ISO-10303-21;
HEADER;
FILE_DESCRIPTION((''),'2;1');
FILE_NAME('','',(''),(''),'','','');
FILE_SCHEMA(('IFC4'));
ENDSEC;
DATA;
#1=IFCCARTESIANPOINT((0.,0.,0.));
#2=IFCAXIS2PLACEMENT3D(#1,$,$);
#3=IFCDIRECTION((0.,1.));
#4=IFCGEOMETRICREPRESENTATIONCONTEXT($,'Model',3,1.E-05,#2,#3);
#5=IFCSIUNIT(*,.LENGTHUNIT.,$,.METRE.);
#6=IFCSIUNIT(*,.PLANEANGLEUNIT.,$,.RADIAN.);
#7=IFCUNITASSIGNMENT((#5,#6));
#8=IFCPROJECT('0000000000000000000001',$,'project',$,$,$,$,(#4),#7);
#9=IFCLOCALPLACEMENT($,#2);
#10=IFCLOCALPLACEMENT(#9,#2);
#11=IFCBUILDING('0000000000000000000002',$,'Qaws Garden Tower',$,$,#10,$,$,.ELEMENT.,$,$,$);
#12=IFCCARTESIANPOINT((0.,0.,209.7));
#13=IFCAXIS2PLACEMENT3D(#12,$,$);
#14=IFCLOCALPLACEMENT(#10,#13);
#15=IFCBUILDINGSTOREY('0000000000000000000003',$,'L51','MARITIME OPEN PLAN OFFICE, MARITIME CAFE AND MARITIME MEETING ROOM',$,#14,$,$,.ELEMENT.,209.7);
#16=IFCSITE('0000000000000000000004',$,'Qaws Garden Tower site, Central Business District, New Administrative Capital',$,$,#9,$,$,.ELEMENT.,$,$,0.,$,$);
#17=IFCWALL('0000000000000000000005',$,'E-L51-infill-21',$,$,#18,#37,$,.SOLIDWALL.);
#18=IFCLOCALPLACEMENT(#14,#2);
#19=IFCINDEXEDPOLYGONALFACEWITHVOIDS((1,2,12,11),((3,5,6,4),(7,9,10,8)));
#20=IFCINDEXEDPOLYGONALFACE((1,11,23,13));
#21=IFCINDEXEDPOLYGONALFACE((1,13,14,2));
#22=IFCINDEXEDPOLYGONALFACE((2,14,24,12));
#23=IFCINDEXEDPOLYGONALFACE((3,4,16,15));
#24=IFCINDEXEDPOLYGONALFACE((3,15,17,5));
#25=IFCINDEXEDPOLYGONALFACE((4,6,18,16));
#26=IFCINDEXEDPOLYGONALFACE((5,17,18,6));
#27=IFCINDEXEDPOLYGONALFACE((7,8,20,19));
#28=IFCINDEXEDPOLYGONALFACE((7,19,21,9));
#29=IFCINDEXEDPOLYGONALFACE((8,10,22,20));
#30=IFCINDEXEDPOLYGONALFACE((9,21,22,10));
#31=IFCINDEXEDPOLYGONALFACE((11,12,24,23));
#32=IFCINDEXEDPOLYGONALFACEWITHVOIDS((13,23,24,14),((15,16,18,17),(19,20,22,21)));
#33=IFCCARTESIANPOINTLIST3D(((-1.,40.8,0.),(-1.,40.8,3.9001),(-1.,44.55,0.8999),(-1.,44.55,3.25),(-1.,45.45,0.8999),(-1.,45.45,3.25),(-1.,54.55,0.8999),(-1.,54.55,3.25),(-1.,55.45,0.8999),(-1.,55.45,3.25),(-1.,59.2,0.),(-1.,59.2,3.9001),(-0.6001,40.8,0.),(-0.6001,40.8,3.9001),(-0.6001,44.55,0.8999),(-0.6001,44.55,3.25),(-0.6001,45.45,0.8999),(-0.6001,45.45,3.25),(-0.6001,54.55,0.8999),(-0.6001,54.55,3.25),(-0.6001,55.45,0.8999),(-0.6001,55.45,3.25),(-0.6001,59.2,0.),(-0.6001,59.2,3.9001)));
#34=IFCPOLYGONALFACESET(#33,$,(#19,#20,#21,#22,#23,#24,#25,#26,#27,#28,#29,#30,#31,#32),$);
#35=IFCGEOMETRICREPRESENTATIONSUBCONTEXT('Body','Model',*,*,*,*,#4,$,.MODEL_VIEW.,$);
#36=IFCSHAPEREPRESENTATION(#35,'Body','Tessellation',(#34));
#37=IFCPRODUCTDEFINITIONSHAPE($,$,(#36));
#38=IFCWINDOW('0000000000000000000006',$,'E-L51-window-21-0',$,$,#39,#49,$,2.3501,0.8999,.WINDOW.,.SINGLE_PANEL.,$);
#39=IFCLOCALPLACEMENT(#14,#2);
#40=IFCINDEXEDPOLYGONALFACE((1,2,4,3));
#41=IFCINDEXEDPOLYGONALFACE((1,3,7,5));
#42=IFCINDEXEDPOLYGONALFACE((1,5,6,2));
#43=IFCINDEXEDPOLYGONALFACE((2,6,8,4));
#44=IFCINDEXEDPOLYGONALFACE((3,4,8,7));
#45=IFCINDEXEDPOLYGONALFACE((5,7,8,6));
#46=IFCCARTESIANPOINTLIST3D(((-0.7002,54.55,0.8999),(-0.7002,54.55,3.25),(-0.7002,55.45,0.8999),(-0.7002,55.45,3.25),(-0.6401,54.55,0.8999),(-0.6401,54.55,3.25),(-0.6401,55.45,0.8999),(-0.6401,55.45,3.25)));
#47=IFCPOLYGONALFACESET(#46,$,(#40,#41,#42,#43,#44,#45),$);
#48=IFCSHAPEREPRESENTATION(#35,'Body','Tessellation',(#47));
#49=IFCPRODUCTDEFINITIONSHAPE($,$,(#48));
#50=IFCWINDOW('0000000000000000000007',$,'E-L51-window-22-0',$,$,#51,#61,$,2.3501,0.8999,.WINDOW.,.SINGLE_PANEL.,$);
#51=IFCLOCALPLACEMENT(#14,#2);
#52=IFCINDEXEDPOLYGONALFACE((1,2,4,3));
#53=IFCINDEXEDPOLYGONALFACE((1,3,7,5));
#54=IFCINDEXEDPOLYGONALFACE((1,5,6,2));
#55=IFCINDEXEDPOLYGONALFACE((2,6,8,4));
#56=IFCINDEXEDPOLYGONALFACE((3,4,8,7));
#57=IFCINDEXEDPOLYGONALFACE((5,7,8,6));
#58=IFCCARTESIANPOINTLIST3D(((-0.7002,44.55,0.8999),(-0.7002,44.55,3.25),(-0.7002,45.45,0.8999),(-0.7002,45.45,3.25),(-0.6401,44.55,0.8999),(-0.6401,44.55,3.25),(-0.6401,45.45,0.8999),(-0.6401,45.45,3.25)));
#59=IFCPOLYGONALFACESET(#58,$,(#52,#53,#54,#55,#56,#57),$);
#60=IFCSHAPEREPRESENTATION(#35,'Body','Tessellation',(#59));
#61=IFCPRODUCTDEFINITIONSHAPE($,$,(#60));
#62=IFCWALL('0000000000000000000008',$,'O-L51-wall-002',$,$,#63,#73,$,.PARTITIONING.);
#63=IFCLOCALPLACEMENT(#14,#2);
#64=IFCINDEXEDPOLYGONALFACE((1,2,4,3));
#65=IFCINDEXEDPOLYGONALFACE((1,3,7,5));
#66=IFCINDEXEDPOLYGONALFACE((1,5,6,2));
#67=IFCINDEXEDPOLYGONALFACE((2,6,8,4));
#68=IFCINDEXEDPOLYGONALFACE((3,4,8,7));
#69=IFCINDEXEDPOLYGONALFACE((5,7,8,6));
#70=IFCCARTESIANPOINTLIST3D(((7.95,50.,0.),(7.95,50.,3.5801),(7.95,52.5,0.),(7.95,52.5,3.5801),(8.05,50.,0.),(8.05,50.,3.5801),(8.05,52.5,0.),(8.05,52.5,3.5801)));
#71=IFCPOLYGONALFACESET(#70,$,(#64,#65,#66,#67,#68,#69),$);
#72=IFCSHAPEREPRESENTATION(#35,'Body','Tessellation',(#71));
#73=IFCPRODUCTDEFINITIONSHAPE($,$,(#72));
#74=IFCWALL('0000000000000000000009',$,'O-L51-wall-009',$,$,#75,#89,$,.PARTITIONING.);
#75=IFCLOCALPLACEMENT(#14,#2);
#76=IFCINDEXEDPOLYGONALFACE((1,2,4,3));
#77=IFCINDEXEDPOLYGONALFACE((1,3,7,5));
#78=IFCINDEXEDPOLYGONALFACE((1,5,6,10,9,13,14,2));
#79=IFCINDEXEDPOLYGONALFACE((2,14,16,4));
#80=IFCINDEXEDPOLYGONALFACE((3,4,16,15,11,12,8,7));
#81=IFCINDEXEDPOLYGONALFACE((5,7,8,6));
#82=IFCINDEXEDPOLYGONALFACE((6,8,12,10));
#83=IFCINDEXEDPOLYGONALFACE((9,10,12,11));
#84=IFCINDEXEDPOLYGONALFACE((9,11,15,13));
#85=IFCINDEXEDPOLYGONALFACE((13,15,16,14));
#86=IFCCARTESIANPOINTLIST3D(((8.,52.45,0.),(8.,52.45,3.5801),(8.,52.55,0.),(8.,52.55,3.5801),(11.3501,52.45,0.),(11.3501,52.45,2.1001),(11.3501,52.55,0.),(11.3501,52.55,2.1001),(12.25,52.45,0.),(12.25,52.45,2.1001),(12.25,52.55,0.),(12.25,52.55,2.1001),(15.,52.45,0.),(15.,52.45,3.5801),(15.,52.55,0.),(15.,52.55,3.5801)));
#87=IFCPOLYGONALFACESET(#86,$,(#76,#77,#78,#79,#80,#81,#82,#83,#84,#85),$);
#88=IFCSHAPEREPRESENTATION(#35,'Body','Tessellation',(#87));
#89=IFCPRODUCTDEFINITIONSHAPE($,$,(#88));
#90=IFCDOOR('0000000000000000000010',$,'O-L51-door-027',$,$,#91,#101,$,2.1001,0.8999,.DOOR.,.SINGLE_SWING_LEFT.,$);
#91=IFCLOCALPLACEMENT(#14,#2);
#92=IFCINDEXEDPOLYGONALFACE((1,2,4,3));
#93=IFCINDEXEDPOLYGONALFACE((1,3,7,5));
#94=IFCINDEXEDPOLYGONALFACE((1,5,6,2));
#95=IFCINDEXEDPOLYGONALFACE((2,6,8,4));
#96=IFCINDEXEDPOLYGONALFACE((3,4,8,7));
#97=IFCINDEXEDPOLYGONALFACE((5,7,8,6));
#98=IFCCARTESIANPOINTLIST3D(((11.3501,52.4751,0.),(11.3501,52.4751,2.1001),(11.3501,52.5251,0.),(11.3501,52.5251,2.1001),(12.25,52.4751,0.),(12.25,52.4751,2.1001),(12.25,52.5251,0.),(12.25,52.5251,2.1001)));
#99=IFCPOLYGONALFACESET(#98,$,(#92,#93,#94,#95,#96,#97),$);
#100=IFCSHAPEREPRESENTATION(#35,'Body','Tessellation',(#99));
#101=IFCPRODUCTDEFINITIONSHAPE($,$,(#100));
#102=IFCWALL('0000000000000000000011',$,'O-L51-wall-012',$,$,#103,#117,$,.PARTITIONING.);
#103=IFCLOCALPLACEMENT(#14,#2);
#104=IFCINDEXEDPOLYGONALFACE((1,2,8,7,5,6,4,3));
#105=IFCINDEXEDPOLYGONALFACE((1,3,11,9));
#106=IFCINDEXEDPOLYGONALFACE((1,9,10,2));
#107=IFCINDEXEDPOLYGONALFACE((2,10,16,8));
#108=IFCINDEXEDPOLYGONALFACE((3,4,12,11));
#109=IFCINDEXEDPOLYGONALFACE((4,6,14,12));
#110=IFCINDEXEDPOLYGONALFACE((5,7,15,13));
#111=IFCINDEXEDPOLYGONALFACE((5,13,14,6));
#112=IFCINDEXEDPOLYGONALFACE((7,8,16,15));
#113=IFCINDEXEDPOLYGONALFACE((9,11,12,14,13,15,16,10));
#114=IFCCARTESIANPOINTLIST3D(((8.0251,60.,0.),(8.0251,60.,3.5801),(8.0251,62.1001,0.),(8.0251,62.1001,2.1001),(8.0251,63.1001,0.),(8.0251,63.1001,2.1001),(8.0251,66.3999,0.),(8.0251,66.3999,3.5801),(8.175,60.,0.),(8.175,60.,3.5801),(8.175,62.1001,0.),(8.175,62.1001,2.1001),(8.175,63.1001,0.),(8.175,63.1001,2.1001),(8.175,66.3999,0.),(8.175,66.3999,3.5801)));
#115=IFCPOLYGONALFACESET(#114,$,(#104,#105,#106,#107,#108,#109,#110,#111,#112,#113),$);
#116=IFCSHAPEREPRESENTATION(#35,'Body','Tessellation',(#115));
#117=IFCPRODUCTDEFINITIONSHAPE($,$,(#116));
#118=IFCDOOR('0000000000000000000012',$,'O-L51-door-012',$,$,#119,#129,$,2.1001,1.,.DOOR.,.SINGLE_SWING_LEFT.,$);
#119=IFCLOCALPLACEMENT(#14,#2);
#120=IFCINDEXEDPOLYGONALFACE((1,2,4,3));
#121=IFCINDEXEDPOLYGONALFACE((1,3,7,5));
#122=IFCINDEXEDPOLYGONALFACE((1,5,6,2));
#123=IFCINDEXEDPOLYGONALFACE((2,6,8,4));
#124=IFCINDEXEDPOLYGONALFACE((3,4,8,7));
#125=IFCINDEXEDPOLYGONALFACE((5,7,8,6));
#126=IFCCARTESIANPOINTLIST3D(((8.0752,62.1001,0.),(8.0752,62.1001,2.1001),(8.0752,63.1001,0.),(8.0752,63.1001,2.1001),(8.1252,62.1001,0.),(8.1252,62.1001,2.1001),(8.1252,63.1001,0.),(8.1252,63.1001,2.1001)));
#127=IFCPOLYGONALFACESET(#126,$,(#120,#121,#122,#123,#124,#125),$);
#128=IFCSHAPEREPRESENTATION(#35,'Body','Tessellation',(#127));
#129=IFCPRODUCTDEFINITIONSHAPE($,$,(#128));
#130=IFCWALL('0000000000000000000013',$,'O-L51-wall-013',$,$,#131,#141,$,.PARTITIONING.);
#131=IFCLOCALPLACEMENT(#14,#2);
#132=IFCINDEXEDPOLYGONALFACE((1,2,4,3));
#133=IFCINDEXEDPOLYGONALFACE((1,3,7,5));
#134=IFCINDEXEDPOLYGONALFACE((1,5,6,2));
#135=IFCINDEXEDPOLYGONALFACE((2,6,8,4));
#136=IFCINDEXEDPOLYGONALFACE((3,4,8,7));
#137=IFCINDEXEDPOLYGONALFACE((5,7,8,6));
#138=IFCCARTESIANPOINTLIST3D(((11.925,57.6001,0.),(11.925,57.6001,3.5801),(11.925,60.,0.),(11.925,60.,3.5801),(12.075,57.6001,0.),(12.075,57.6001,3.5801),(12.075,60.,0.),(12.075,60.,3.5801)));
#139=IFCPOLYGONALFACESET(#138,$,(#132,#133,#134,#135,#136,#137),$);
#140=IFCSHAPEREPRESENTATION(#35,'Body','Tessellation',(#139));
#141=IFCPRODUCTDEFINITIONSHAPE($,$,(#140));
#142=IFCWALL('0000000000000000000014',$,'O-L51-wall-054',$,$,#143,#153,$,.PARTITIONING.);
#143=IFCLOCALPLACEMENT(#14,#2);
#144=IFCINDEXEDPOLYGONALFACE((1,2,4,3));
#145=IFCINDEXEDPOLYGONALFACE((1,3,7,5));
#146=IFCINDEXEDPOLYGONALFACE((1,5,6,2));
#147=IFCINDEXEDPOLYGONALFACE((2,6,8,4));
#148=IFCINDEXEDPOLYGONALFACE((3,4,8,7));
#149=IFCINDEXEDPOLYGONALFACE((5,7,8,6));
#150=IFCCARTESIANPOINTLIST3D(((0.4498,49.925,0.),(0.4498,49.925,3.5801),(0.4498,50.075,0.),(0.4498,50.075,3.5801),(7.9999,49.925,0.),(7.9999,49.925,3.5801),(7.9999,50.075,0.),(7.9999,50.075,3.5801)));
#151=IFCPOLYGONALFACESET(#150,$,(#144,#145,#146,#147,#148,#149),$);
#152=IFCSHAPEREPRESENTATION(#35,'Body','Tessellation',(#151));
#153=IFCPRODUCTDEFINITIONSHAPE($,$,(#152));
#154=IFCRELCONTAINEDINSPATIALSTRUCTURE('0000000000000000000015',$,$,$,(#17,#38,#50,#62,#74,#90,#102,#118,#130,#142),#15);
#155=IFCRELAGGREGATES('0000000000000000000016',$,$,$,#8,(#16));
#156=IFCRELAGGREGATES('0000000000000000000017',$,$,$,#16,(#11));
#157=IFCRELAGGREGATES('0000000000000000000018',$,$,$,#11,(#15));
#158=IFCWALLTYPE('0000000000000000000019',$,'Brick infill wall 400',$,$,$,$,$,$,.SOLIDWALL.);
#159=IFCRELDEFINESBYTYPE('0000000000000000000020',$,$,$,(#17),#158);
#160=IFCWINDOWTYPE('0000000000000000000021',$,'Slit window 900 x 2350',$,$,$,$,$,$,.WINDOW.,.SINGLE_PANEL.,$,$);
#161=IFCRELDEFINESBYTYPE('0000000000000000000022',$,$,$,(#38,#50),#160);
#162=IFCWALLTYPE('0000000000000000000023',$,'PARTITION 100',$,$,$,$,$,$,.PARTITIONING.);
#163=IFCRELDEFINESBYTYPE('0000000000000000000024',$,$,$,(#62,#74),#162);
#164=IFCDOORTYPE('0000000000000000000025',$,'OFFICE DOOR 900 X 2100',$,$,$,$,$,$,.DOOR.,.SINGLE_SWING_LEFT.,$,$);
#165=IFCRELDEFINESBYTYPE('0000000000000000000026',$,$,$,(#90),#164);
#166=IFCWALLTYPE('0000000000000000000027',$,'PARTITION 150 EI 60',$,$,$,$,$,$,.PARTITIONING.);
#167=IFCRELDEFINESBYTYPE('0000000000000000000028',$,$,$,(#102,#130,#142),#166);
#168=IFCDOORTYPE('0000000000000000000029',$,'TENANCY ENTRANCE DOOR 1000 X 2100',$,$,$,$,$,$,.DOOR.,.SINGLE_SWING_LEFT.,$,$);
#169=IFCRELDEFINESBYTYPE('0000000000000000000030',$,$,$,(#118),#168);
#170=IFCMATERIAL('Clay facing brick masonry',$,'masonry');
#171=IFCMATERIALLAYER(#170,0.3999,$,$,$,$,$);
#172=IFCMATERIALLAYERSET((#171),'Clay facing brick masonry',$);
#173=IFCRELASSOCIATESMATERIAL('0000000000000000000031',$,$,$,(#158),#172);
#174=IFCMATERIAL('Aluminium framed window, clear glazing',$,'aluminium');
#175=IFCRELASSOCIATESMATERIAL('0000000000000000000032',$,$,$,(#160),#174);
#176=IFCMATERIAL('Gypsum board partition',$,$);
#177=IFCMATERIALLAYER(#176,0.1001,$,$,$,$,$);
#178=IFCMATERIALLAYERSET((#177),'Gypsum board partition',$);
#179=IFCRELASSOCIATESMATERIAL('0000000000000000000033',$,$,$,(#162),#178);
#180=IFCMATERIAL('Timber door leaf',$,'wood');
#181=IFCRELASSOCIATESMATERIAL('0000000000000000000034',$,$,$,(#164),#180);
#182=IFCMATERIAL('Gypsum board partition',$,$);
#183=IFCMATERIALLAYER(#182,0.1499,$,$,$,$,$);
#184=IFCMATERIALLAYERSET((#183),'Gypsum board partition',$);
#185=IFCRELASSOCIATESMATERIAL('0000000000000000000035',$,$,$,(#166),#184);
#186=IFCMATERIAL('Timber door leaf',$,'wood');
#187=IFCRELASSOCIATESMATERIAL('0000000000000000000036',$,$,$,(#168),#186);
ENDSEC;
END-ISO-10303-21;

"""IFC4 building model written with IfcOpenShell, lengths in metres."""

from ifc_helpers import new_model, si_unit, direction, frame, frame_2d, origin, place, context, subcontext, project, spatial, rectangle, extrude, material, layer, layer_set, type_object, element, fill, save


model = new_model("IFC4")

# Units and contexts
model_context = context("Model", 3, precision=1e-05, world=origin(), true_north=direction((0.0, 1.0)))
body_context = subcontext(model_context, "Body", "Model", "MODEL_VIEW")
ifc_project = project(units=[si_unit("LENGTHUNIT", "METRE"), si_unit("PLANEANGLEUNIT", "RADIAN")], contexts=[model_context])

# Site, building, storey
site_placement = place(None, origin())
site = spatial("IfcSite", under=ifc_project, at=site_placement, Name="Qaws Garden Tower site, Central Business District, New Administrative Capital", CompositionType="ELEMENT", RefElevation=0.0)
building_placement = place(site_placement, origin())
building = spatial("IfcBuilding", under=site, at=building_placement, Name="Qaws Garden Tower", CompositionType="ELEMENT")
storey_placement = place(building_placement, frame((0.0, 0.0, 209.7)))
storey = spatial("IfcBuildingStorey", under=building, at=storey_placement, Name="L51", Description="MARITIME OPEN PLAN OFFICE, MARITIME CAFE AND MARITIME MEETING ROOM", CompositionType="ELEMENT", Elevation=209.7)

# Shared definitions
ifc_material_1 = material(Name="Clay facing brick masonry", Category="masonry")
ifc_layer_1 = layer(ifc_material_1, 0.3999)
ifc_layer_set_1 = layer_set([ifc_layer_1], Name="Clay facing brick masonry")
wall_type_1 = type_object("IfcWallType", Name="Brick infill wall 400", PredefinedType="SOLIDWALL", material=ifc_layer_set_1)

# Wall, openings, windows
wall_1_placement = place(storey_placement, frame((-0.8, 59.2, 0.0), z_axis=(0.0, 0.0, 1.0), x_axis=(0.0, -1.0, 0.0)))
wall_1 = element("IfcWall", 1, at=wall_1_placement, inside=storey, type_object=wall_type_1, Name="E-L51-infill-21", PredefinedType="SOLIDWALL", context=body_context, shape_type="SweptSolid", body=[
    extrude(rectangle(XDim=18.3999, YDim=0.3999, at=frame_2d((9.2, 0.0))), origin(), (0.0, 0.0, 1.0), 3.9001),
])
opening_1_placement = place(wall_1_placement, frame((3.75, 0.0, 0.8999)))
opening_1 = element("IfcOpeningElement", 2, at=opening_1_placement, cuts=wall_1, PredefinedType="OPENING", context=body_context, shape_type="SweptSolid", body=[
    extrude(rectangle(XDim=0.8999, YDim=2.3501, at=frame_2d((0.45, 1.175))), frame((0.0, 0.21, 0.0), z_axis=(0.0, -1.0, 0.0), x_axis=(1.0, 0.0, 0.0)), (0.0, 0.0, 1.0), 0.4199),
])
opening_2_placement = place(wall_1_placement, frame((13.75, 0.0, 0.8999)))
opening_2 = element("IfcOpeningElement", 3, at=opening_2_placement, cuts=wall_1, PredefinedType="OPENING", context=body_context, shape_type="SweptSolid", body=[
    extrude(rectangle(XDim=0.8999, YDim=2.3501, at=frame_2d((0.45, 1.175))), frame((0.0, 0.21, 0.0), z_axis=(0.0, -1.0, 0.0), x_axis=(1.0, 0.0, 0.0)), (0.0, 0.0, 1.0), 0.4199),
])
ifc_material_2 = material(Name="Aluminium framed window, clear glazing", Category="aluminium")
window_type_1 = type_object("IfcWindowType", Name="Slit window 900 x 2350", PartitioningType="SINGLE_PANEL", PredefinedType="WINDOW", material=ifc_material_2)
window_1_placement = place(opening_1_placement, origin())
window_1 = element("IfcWindow", 4, at=window_1_placement, inside=storey, type_object=window_type_1, Name="E-L51-window-21-0", OverallHeight=2.3501, OverallWidth=0.8999, PartitioningType="SINGLE_PANEL", PredefinedType="WINDOW", context=body_context, shape_type="SweptSolid", body=[
    extrude(rectangle(XDim=0.8999, YDim=2.3501, at=frame_2d((0.45, 1.175))), frame((0.0, 0.1599, 0.0), z_axis=(0.0, -1.0, 0.0), x_axis=(1.0, 0.0, 0.0)), (0.0, 0.0, 1.0), 0.0601),
])
fill(opening_1, window_1)
window_2_placement = place(opening_2_placement, origin())
window_2 = element("IfcWindow", 5, at=window_2_placement, inside=storey, type_object=window_type_1, Name="E-L51-window-22-0", OverallHeight=2.3501, OverallWidth=0.8999, PartitioningType="SINGLE_PANEL", PredefinedType="WINDOW", context=body_context, shape_type="SweptSolid", body=[
    extrude(rectangle(XDim=0.8999, YDim=2.3501, at=frame_2d((0.45, 1.175))), frame((0.0, 0.1599, 0.0), z_axis=(0.0, -1.0, 0.0), x_axis=(1.0, 0.0, 0.0)), (0.0, 0.0, 1.0), 0.0601),
])
fill(opening_2, window_2)

# Wall
ifc_material_3 = material(Name="Gypsum board partition")
ifc_layer_2 = layer(ifc_material_3, 0.1001)
ifc_layer_set_2 = layer_set([ifc_layer_2], Name="Gypsum board partition")
wall_type_2 = type_object("IfcWallType", Name="PARTITION 100", PredefinedType="PARTITIONING", material=ifc_layer_set_2)
wall_2_placement = place(storey_placement, frame((8.0, 50.0, 0.0), z_axis=(0.0, 0.0, 1.0), x_axis=(0.0, 1.0, 0.0)))
element("IfcWall", 6, at=wall_2_placement, inside=storey, type_object=wall_type_2, Name="O-L51-wall-002", PredefinedType="PARTITIONING", context=body_context, shape_type="SweptSolid", body=[
    extrude(rectangle(XDim=2.5, YDim=0.1001, at=frame_2d((1.25, 0.0))), origin(), (0.0, 0.0, 1.0), 3.5801),
])

# Walls, openings, doors
wall_3_placement = place(storey_placement, frame((8.0, 52.5, 0.0), z_axis=(0.0, 0.0, 1.0), x_axis=(1.0, 0.0, 0.0)))
wall_3 = element("IfcWall", 7, at=wall_3_placement, inside=storey, type_object=wall_type_2, Name="O-L51-wall-009", PredefinedType="PARTITIONING", context=body_context, shape_type="SweptSolid", body=[
    extrude(rectangle(XDim=7.0, YDim=0.1001, at=frame_2d((3.5, 0.0))), origin(), (0.0, 0.0, 1.0), 3.5801),
])
opening_3_placement = place(wall_3_placement, frame((3.3501, 0.0, 0.0)))
opening_3 = element("IfcOpeningElement", 8, at=opening_3_placement, cuts=wall_3, PredefinedType="OPENING", context=body_context, shape_type="SweptSolid", body=[
    extrude(rectangle(XDim=0.8999, YDim=2.1001, at=frame_2d((0.45, 1.05))), frame((0.0, 0.0601, 0.0), z_axis=(0.0, -1.0, 0.0), x_axis=(1.0, 0.0, 0.0)), (0.0, 0.0, 1.0), 0.1201),
])
ifc_material_4 = material(Name="Timber door leaf", Category="wood")
door_type_1 = type_object("IfcDoorType", Name="OFFICE DOOR 900 X 2100", OperationType="SINGLE_SWING_LEFT", PredefinedType="DOOR", material=ifc_material_4)
door_1_placement = place(opening_3_placement, frame((0.8999, 0.0, 0.0), z_axis=(0.0, 0.0, 1.0), x_axis=(-1.0, 0.0, 0.0)))
door_1 = element("IfcDoor", 9, at=door_1_placement, inside=storey, type_object=door_type_1, Name="O-L51-door-027", OperationType="SINGLE_SWING_LEFT", OverallHeight=2.1001, OverallWidth=0.8999, PredefinedType="DOOR", context=body_context, shape_type="SweptSolid", body=[
    extrude(rectangle(XDim=0.8999, YDim=2.1001, at=frame_2d((0.45, 1.05))), frame((0.0, 0.0249, 0.0), z_axis=(0.0, -1.0, 0.0), x_axis=(1.0, 0.0, 0.0)), (0.0, 0.0, 1.0), 0.05),
])
fill(opening_3, door_1)
ifc_material_5 = material(Name="Gypsum board partition")
ifc_layer_3 = layer(ifc_material_5, 0.1499)
ifc_layer_set_3 = layer_set([ifc_layer_3], Name="Gypsum board partition")
wall_type_3 = type_object("IfcWallType", Name="PARTITION 150 EI 60", PredefinedType="PARTITIONING", material=ifc_layer_set_3)
wall_4_placement = place(storey_placement, frame((8.1001, 60.0, 0.0), z_axis=(0.0, 0.0, 1.0), x_axis=(0.0, 1.0, 0.0)))
wall_4 = element("IfcWall", 10, at=wall_4_placement, inside=storey, type_object=wall_type_3, Name="O-L51-wall-012", PredefinedType="PARTITIONING", context=body_context, shape_type="SweptSolid", body=[
    extrude(rectangle(XDim=6.3999, YDim=0.1499, at=frame_2d((3.2, 0.0))), origin(), (0.0, 0.0, 1.0), 3.5801),
])
opening_4_placement = place(wall_4_placement, frame((2.1001, 0.0, 0.0)))
opening_4 = element("IfcOpeningElement", 11, at=opening_4_placement, cuts=wall_4, PredefinedType="OPENING", context=body_context, shape_type="SweptSolid", body=[
    extrude(rectangle(XDim=1.0, YDim=2.1001, at=frame_2d((0.5, 1.05))), frame((0.0, 0.085, 0.0), z_axis=(0.0, -1.0, 0.0), x_axis=(1.0, 0.0, 0.0)), (0.0, 0.0, 1.0), 0.1699),
])
ifc_material_6 = material(Name="Timber door leaf", Category="wood")
door_type_2 = type_object("IfcDoorType", Name="TENANCY ENTRANCE DOOR 1000 X 2100", OperationType="SINGLE_SWING_LEFT", PredefinedType="DOOR", material=ifc_material_6)
door_2_placement = place(opening_4_placement, origin())
door_2 = element("IfcDoor", 12, at=door_2_placement, inside=storey, type_object=door_type_2, Name="O-L51-door-012", OperationType="SINGLE_SWING_LEFT", OverallHeight=2.1001, OverallWidth=1.0, PredefinedType="DOOR", context=body_context, shape_type="SweptSolid", body=[
    extrude(rectangle(XDim=1.0, YDim=2.1001, at=frame_2d((0.5, 1.05))), frame((0.0, 0.0249, 0.0), z_axis=(0.0, -1.0, 0.0), x_axis=(1.0, 0.0, 0.0)), (0.0, 0.0, 1.0), 0.05),
])
fill(opening_4, door_2)

# Walls
wall_5_placement = place(storey_placement, frame((12.0, 57.6001, 0.0), z_axis=(0.0, 0.0, 1.0), x_axis=(0.0, 1.0, 0.0)))
element("IfcWall", 13, at=wall_5_placement, inside=storey, type_object=wall_type_3, Name="O-L51-wall-013", PredefinedType="PARTITIONING", context=body_context, shape_type="SweptSolid", body=[
    extrude(rectangle(XDim=2.3999, YDim=0.1499, at=frame_2d((1.2, 0.0))), origin(), (0.0, 0.0, 1.0), 3.5801),
])
wall_6_placement = place(storey_placement, frame((0.45, 50.0, 0.0), z_axis=(0.0, 0.0, 1.0), x_axis=(1.0, 0.0, 0.0)))
element("IfcWall", 14, at=wall_6_placement, inside=storey, type_object=wall_type_3, Name="O-L51-wall-054", PredefinedType="PARTITIONING", context=body_context, shape_type="SweptSolid", body=[
    extrude(rectangle(XDim=7.55, YDim=0.1499, at=frame_2d((3.7749, 0.0))), origin(), (0.0, 0.0, 1.0), 3.5801),
])

save(model, "model.ifc")
